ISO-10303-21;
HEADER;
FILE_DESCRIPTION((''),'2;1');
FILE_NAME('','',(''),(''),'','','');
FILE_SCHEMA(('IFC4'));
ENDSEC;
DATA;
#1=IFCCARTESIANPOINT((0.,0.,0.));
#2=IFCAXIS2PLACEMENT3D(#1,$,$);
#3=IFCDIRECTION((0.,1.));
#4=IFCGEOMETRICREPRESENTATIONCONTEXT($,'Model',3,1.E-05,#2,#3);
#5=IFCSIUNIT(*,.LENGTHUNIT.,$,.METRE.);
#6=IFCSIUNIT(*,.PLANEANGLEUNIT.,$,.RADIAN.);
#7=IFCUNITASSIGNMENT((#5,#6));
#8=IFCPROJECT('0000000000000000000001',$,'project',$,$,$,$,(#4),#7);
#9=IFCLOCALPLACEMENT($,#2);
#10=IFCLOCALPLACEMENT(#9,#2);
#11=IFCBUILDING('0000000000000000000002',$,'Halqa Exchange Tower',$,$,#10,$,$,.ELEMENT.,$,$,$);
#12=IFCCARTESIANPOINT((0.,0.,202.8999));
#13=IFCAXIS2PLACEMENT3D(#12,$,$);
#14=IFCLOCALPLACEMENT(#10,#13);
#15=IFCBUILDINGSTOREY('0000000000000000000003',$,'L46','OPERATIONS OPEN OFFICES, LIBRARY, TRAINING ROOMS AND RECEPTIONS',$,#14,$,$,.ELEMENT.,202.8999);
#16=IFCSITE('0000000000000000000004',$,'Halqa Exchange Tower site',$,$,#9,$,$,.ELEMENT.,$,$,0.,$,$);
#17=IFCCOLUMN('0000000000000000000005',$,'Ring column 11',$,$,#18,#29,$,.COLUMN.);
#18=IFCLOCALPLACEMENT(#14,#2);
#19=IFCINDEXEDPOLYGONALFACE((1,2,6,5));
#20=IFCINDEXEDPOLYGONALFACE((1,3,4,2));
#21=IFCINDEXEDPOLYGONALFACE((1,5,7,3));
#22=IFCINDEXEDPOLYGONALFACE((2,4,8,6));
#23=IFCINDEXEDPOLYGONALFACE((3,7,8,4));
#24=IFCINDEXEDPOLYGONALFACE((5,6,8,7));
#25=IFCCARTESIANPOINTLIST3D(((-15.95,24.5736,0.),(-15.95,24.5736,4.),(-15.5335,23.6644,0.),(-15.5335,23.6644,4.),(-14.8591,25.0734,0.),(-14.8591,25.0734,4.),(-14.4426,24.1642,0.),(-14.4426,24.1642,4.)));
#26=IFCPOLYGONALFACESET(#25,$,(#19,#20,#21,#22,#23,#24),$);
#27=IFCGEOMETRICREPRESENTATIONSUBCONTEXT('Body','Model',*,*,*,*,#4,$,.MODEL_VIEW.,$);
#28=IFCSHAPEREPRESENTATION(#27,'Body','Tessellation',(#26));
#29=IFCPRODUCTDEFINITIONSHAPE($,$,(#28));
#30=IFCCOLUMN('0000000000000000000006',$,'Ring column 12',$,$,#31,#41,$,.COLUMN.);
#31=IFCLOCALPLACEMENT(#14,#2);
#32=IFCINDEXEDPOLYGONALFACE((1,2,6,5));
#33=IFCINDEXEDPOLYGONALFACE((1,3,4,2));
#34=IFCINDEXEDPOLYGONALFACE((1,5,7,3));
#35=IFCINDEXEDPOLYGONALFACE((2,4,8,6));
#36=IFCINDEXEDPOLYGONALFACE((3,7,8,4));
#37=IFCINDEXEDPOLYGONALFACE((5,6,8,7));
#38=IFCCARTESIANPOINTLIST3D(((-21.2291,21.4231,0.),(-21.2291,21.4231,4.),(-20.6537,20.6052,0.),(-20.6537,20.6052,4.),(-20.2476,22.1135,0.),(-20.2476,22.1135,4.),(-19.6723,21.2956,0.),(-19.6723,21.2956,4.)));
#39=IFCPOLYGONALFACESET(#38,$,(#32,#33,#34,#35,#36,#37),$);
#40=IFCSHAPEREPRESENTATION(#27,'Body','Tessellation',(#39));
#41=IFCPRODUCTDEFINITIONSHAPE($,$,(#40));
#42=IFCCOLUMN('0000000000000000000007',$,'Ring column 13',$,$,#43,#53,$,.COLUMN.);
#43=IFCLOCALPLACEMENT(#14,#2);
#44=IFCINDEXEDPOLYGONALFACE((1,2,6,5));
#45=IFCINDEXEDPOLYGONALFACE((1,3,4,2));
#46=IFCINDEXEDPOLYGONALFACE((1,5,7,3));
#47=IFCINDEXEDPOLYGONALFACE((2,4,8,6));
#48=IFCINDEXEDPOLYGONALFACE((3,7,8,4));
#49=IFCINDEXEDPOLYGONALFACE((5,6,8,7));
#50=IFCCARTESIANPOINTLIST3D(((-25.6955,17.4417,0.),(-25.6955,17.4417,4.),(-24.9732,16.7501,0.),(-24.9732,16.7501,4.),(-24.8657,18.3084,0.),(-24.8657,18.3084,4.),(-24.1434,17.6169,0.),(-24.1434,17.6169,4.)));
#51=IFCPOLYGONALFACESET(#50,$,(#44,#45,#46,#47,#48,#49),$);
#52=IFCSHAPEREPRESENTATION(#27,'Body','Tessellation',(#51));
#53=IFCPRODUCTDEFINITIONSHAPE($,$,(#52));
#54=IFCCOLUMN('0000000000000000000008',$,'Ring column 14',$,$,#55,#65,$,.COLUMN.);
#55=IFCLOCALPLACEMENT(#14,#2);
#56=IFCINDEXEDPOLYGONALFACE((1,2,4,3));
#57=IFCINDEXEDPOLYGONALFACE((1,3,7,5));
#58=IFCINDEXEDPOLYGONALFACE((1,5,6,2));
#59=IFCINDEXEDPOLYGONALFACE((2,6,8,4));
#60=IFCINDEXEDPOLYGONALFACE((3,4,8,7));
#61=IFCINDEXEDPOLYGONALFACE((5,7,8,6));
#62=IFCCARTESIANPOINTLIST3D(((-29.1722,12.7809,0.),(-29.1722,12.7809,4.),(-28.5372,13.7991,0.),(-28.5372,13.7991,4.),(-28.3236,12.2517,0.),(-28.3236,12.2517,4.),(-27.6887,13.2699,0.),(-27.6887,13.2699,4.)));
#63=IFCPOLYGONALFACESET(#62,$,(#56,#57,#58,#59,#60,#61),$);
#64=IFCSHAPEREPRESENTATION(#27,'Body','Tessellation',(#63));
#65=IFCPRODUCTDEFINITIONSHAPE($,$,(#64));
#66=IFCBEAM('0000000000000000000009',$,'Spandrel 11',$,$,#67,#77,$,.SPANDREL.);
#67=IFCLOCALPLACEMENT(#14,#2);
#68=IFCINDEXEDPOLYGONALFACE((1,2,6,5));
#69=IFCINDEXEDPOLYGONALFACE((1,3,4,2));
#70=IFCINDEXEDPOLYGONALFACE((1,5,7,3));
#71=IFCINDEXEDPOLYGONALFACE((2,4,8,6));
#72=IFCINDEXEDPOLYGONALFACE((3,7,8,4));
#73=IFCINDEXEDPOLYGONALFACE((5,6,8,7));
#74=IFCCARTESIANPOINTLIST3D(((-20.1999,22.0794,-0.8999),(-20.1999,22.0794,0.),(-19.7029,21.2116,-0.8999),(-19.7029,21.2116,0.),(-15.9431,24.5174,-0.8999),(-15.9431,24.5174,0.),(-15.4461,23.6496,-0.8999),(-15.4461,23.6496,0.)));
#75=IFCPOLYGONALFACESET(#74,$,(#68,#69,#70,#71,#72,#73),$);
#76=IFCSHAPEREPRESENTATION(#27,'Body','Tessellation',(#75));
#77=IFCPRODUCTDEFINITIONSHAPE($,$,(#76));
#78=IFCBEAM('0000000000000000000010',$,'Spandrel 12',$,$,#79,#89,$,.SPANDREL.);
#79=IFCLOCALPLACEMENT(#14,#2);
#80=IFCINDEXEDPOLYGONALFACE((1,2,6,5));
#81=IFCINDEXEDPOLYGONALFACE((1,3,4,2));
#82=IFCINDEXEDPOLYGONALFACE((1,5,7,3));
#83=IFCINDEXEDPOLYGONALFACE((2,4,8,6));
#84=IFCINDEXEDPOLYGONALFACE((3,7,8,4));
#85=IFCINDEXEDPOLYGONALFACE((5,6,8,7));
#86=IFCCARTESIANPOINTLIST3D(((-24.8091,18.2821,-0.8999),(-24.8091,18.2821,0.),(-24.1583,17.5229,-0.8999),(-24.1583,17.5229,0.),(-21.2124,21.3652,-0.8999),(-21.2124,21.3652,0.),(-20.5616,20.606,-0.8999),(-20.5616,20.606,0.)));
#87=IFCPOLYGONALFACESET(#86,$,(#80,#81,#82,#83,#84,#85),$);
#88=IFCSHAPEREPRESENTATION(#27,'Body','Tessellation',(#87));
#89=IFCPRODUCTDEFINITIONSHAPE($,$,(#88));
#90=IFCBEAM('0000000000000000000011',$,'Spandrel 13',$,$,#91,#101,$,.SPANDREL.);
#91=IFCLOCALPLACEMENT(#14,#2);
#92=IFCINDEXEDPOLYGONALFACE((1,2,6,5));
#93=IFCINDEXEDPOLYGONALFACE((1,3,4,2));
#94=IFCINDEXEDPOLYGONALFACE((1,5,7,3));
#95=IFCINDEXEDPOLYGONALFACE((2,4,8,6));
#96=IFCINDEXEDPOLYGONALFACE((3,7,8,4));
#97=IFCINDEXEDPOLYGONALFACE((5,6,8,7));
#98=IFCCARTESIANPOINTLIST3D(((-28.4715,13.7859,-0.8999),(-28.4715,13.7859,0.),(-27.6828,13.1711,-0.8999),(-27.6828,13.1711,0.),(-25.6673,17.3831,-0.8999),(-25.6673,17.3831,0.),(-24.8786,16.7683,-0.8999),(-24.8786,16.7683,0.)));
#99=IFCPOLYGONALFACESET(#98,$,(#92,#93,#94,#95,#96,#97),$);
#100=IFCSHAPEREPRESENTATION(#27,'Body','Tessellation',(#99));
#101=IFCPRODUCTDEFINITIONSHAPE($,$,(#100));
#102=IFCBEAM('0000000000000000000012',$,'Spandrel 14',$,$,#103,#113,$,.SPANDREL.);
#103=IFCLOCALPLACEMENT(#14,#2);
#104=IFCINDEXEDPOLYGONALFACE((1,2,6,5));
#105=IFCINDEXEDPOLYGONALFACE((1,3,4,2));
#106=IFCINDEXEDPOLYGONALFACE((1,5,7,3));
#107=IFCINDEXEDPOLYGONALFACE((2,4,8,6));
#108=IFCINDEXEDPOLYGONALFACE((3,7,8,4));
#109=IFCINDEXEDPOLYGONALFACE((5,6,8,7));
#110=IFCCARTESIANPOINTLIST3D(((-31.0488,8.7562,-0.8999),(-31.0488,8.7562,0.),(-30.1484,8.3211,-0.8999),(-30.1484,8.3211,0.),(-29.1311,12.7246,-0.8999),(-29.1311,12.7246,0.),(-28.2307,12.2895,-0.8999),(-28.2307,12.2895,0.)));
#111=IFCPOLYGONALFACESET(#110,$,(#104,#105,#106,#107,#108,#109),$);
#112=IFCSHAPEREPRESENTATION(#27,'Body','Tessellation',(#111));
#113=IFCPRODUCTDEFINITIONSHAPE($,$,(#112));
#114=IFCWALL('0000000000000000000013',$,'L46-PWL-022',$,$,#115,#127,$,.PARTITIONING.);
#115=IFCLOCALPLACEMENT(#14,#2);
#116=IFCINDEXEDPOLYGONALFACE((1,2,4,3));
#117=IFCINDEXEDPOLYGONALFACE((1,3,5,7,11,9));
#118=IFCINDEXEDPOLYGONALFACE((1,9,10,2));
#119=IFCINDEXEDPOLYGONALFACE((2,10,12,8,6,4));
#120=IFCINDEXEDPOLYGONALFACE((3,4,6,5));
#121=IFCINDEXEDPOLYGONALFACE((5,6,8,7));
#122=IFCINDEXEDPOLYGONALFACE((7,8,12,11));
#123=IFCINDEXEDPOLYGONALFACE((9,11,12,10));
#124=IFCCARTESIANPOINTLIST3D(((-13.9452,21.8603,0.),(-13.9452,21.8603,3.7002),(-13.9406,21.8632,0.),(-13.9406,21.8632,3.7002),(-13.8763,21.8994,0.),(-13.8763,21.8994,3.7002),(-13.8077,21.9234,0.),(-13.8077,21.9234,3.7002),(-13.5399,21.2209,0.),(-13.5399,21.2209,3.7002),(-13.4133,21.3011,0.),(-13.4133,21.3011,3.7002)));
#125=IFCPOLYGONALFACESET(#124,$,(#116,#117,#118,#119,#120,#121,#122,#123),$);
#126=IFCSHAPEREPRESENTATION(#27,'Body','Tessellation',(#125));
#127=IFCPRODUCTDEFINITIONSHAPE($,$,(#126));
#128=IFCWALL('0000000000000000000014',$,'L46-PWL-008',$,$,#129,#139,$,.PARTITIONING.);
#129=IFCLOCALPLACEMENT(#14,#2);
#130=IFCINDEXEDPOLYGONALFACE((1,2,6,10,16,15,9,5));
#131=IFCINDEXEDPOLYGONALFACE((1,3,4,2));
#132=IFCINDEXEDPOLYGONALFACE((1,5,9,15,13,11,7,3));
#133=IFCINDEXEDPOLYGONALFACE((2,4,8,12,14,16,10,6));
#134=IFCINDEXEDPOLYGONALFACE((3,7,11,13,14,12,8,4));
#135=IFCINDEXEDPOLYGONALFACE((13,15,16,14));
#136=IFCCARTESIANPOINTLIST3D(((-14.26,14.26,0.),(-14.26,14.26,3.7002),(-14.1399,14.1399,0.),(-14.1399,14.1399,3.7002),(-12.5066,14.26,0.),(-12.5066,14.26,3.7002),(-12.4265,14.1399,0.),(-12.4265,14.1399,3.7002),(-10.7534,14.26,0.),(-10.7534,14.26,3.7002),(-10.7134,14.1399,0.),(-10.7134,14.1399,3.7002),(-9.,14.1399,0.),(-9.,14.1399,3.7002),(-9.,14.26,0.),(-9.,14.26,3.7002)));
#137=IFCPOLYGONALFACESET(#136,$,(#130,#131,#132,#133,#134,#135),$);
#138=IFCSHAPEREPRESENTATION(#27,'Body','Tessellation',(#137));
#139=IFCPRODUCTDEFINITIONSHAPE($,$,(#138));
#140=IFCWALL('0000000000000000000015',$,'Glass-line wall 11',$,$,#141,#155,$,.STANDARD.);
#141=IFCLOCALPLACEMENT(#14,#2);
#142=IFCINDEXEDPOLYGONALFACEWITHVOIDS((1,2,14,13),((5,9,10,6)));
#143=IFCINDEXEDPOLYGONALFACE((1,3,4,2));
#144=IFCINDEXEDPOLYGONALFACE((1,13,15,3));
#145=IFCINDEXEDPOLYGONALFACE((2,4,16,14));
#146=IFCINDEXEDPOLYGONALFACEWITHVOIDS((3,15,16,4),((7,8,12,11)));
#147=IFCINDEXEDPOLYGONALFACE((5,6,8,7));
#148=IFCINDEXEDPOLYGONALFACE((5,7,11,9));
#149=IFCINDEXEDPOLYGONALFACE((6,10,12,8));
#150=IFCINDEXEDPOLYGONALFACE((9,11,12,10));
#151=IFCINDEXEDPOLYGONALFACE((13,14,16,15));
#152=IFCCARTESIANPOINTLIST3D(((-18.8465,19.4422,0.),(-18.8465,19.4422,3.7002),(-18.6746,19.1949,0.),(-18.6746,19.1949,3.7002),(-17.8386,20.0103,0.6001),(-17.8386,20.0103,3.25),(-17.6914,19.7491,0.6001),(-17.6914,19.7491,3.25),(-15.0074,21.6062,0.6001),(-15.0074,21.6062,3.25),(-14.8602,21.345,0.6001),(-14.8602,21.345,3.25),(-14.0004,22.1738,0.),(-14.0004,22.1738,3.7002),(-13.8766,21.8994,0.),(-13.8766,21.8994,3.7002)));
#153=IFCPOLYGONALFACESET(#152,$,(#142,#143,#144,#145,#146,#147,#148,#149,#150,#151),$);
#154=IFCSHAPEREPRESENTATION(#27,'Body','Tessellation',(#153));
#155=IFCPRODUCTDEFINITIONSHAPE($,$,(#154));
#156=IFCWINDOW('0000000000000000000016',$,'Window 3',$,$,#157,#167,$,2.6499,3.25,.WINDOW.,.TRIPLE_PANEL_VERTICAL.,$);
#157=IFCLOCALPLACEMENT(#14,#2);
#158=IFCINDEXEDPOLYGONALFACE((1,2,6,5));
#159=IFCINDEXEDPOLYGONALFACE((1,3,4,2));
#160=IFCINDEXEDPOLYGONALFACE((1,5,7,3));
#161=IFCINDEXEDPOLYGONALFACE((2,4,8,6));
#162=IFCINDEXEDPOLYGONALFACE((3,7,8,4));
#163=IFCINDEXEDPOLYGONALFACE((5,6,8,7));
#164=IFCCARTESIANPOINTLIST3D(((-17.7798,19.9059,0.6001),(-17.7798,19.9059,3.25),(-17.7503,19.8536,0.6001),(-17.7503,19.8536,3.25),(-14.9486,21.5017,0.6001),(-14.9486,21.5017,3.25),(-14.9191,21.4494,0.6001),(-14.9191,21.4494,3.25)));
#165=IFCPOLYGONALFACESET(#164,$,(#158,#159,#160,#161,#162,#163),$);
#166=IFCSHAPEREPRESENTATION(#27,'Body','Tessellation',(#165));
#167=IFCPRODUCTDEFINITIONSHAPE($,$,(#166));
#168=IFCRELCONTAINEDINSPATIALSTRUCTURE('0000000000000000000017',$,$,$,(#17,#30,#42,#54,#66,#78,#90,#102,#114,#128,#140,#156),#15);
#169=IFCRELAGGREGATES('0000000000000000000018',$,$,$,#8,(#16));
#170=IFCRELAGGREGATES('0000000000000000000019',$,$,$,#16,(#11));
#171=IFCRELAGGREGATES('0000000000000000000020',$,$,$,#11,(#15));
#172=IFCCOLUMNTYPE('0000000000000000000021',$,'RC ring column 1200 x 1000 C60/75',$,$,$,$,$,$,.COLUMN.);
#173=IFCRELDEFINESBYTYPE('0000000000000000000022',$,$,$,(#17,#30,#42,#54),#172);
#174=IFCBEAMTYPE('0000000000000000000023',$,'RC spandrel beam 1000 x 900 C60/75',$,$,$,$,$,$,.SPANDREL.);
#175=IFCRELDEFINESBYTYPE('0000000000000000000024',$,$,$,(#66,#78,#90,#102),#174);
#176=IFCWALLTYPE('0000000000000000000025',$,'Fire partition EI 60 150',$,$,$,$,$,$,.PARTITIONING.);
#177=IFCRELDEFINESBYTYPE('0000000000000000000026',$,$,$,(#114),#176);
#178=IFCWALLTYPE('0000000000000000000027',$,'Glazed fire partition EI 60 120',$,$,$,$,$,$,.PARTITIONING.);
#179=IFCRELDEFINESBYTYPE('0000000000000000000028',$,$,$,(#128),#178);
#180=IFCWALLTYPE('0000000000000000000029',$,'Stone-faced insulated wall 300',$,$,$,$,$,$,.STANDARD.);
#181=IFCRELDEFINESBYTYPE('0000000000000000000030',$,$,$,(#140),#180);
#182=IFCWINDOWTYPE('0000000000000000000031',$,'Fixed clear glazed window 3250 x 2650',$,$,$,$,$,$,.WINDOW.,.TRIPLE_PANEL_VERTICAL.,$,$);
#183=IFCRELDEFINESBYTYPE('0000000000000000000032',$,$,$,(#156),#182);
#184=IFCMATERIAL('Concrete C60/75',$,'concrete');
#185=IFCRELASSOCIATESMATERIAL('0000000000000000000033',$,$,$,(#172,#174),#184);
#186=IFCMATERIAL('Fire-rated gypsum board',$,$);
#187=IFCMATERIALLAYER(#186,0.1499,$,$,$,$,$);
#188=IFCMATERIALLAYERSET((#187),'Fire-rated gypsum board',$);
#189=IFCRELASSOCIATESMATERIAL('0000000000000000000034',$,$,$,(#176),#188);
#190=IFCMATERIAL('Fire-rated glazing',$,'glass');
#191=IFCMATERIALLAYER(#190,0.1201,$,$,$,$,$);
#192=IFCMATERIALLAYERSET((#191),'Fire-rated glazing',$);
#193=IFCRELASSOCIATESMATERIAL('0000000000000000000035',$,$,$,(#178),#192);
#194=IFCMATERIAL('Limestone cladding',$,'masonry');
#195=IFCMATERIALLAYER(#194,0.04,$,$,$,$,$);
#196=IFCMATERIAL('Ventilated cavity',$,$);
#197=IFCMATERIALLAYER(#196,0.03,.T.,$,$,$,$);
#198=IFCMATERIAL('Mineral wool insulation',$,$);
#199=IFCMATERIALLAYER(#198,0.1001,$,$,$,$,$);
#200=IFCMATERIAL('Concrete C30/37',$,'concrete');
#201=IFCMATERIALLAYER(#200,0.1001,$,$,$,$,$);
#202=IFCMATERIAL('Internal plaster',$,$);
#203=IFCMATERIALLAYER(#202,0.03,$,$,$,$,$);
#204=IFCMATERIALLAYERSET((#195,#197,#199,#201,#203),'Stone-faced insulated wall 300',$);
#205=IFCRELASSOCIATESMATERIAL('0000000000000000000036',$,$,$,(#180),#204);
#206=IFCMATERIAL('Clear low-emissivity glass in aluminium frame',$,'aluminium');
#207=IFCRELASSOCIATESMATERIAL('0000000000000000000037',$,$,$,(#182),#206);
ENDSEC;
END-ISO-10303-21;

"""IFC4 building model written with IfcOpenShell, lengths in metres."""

from ifc_helpers import new_model, si_unit, direction, frame, frame_2d, origin, origin_2d, place, context, subcontext, project, spatial, polyline, rectangle, outline, extrude, material, layer, layer_set, material_profile, profile_set, type_object, element, fill, save


model = new_model("IFC4")

# Units and contexts
model_context = context("Model", 3, precision=1e-05, world=origin(), true_north=direction((0.0, 1.0)))
body_context = subcontext(model_context, "Body", "Model", "MODEL_VIEW")
ifc_project = project(units=[si_unit("LENGTHUNIT", "METRE"), si_unit("PLANEANGLEUNIT", "RADIAN")], contexts=[model_context])

# Site, building, storey
site_placement = place(None, origin())
site = spatial("IfcSite", under=ifc_project, at=site_placement, Name="Halqa Exchange Tower site", CompositionType="ELEMENT", RefElevation=0.0)
building_placement = place(site_placement, origin())
building = spatial("IfcBuilding", under=site, at=building_placement, Name="Halqa Exchange Tower", CompositionType="ELEMENT")
storey_placement = place(building_placement, frame((0.0, 0.0, 202.8999)))
storey = spatial("IfcBuildingStorey", under=building, at=storey_placement, Name="L46", Description="OPERATIONS OPEN OFFICES, LIBRARY, TRAINING ROOMS AND RECEPTIONS", CompositionType="ELEMENT", Elevation=202.8999)

# Columns
ifc_material_1 = material(Name="Concrete C60/75", Category="concrete")
ifc_material_profile_1 = material_profile(ifc_material_1, rectangle(XDim=1.2, YDim=1.0, at=origin_2d()), Name="1200 x 1000")
ifc_profile_set_1 = profile_set([ifc_material_profile_1], Name="Concrete C60/75")
column_type = type_object("IfcColumnType", Name="RC ring column 1200 x 1000 C60/75", PredefinedType="COLUMN", material=ifc_profile_set_1)
for number, where, z_axis, x_axis, name in (
    (1, (-15.1963, 24.3689, 0.0), (0.0, 0.0, 1.0), (-0.909126, -0.41652, 0.0), "Ring column 11"),
    (2, (-20.4507, 21.3594, 0.0), (0.0, 0.0, 1.0), (-0.817909, -0.575348, 0.0), "Ring column 12"),
    (3, (-24.9194, 17.5293, 0.0), (0.0, 0.0, 1.0), (-0.691577, -0.722302, 0.0), "Ring column 13"),
    (4, (-28.4304, 13.0254, 0.0), (0.0, 0.0, 1.0), (-0.529143, -0.848532, 0.0), "Ring column 14"),
):
    element("IfcColumn", number, at=place(storey_placement, frame(where, z_axis=z_axis, x_axis=x_axis)), inside=storey, type_object=column_type, Name=name, PredefinedType="COLUMN", context=body_context, shape_type="SweptSolid", body=[
        extrude(rectangle(XDim=1.2, YDim=1.0, at=origin_2d()), origin(), (0.0, 0.0, 1.0), 4.0),
    ])

# Beams
ifc_material_profile_2 = material_profile(ifc_material_1, rectangle(XDim=1.0, YDim=0.8999, at=origin_2d()), Name="1000 x 900")
ifc_profile_set_2 = profile_set([ifc_material_profile_2], Name="Concrete C60/75")
beam_type = type_object("IfcBeamType", Name="RC spandrel beam 1000 x 900 C60/75", PredefinedType="SPANDREL", material=ifc_profile_set_2)
beam_1_placement = place(storey_placement, frame((-15.6946, 24.0835, -0.45), z_axis=(-0.867759, -0.496986, 0.0), x_axis=(0.496986, -0.867759, 0.0)))
element("IfcBeam", 5, at=beam_1_placement, inside=storey, type_object=beam_type, Name="Spandrel 11", PredefinedType="SPANDREL", context=body_context, shape_type="SweptSolid", body=[
    extrude(rectangle(XDim=1.0, YDim=0.8999, at=origin_2d()), origin(), (0.0, 0.0, 1.0), 4.9055),
])
beam_2_placement = place(storey_placement, frame((-20.887, 20.9856, -0.45), z_axis=(-0.759242, -0.650808, 0.0), x_axis=(0.650808, -0.759242, 0.0)))
element("IfcBeam", 6, at=beam_2_placement, inside=storey, type_object=beam_type, Name="Spandrel 12", PredefinedType="SPANDREL", context=body_context, shape_type="SweptSolid", body=[
    extrude(rectangle(XDim=1.0, YDim=0.8999, at=origin_2d()), origin(), (0.0, 0.0, 1.0), 4.7373),
])
beam_3_placement = place(storey_placement, frame((-25.2729, 17.0757, -0.45), z_axis=(-0.614815, -0.788672, 0.0), x_axis=(0.788672, -0.614815, 0.0)))
element("IfcBeam", 7, at=beam_3_placement, inside=storey, type_object=beam_type, Name="Spandrel 13", PredefinedType="SPANDREL", context=body_context, shape_type="SweptSolid", body=[
    extrude(rectangle(XDim=1.0, YDim=0.8999, at=origin_2d()), origin(), (0.0, 0.0, 1.0), 4.561),
])
beam_4_placement = place(storey_placement, frame((-28.6809, 12.5071, -0.45), z_axis=(-0.435098, -0.900383, 0.0), x_axis=(0.900383, -0.435098, 0.0)))
element("IfcBeam", 8, at=beam_4_placement, inside=storey, type_object=beam_type, Name="Spandrel 14", PredefinedType="SPANDREL", context=body_context, shape_type="SweptSolid", body=[
    extrude(rectangle(XDim=1.0, YDim=0.8999, at=origin_2d()), origin(), (0.0, 0.0, 1.0), 4.4075),
])

# Walls
ifc_material_2 = material(Name="Fire-rated gypsum board")
ifc_layer_1 = layer(ifc_material_2, 0.1499)
ifc_layer_set_1 = layer_set([ifc_layer_1], Name="Fire-rated gypsum board")
wall_type_1 = type_object("IfcWallType", Name="Fire partition EI 60 150", PredefinedType="PARTITIONING", material=ifc_layer_set_1)
wall_1_placement = place(storey_placement, frame((-13.4766, 21.261, 0.0), z_axis=(0.0, 0.0, 1.0), x_axis=(-0.535351, 0.84463, 0.0)))
element("IfcWall", 9, at=wall_1_placement, inside=storey, type_object=wall_type_1, Name="L46-PWL-022", PredefinedType="PARTITIONING", context=body_context, shape_type="SweptSolid", body=[
    extrude(outline(polyline([(0.0, -0.075), (0.7368, -0.075), (0.7532, -0.0042), (0.7571, 0.0696), (0.7571, 0.075), (0.0, 0.075), (0.0, -0.075)])), origin(), (0.0, 0.0, 1.0), 3.7002),
])
ifc_material_3 = material(Name="Fire-rated glazing", Category="glass")
ifc_layer_2 = layer(ifc_material_3, 0.1201)
ifc_layer_set_2 = layer_set([ifc_layer_2], Name="Fire-rated glazing")
wall_type_2 = type_object("IfcWallType", Name="Glazed fire partition EI 60 120", PredefinedType="PARTITIONING", material=ifc_layer_set_2)
wall_2_placement = place(storey_placement, frame((-14.26, 14.2, 0.0), z_axis=(0.0, 0.0, 1.0), x_axis=(1.0, 0.0, 0.0)))
element("IfcWall", 10, at=wall_2_placement, inside=storey, type_object=wall_type_2, Name="L46-PWL-008", PredefinedType="PARTITIONING", context=body_context, shape_type="SweptSolid", body=[
    extrude(outline(polyline([(5.26, 0.0601), (3.5066, 0.0601), (1.7534, 0.0601), (0.0, 0.0601), (0.1201, -0.0601), (1.8335, -0.0601), (3.5466, -0.0601), (5.26, -0.0601), (5.26, 0.0601)])), origin(), (0.0, 0.0, 1.0), 3.7002),
])

# Wall, opening, window
ifc_material_4 = material(Name="Limestone cladding", Category="masonry")
ifc_layer_3 = layer(ifc_material_4, 0.04)
ifc_material_5 = material(Name="Ventilated cavity")
ifc_layer_4 = layer(ifc_material_5, 0.03, ventilated=True)
ifc_material_6 = material(Name="Mineral wool insulation")
ifc_layer_5 = layer(ifc_material_6, 0.1001)
ifc_material_7 = material(Name="Concrete C30/37", Category="concrete")
ifc_layer_6 = layer(ifc_material_7, 0.1001)
ifc_material_8 = material(Name="Internal plaster")
ifc_layer_7 = layer(ifc_material_8, 0.03)
ifc_layer_set_3 = layer_set([ifc_layer_3, ifc_layer_4, ifc_layer_5, ifc_layer_6, ifc_layer_7], Name="Stone-faced insulated wall 300")
wall_type_3 = type_object("IfcWallType", Name="Stone-faced insulated wall 300", PredefinedType="STANDARD", material=ifc_layer_set_3)
wall_3_placement = place(storey_placement, frame((-13.9385, 22.0366, 0.0), z_axis=(0.0, 0.0, 1.0), x_axis=(-0.871141, -0.491034, 0.0)))
wall_3 = element("IfcWall", 11, at=wall_3_placement, inside=storey, type_object=wall_type_3, Name="Glass-line wall 11", PredefinedType="STANDARD", context=body_context, shape_type="SweptSolid", body=[
    extrude(outline(polyline([(-0.0134, -0.1499), (5.5496, -0.1499), (5.5212, 0.1499), (0.0134, 0.1499), (-0.0134, -0.1499)])), origin(), (0.0, 0.0, 1.0), 3.7002),
])
opening_1_placement = place(wall_3_placement, frame((1.1426, 0.0, 0.6001)))
opening_1 = element("IfcOpeningElement", 12, at=opening_1_placement, cuts=wall_3, PredefinedType="OPENING", context=body_context, shape_type="SweptSolid", body=[
    extrude(rectangle(XDim=3.25, YDim=2.6499, at=frame_2d((1.625, 1.325))), frame((0.0, 0.1621, 0.0), z_axis=(0.0, -1.0, 0.0), x_axis=(1.0, 0.0, 0.0)), (0.0, 0.0, 1.0), 0.324),
])
ifc_material_9 = material(Name="Clear low-emissivity glass in aluminium frame", Category="aluminium")
window_type = type_object("IfcWindowType", Name="Fixed clear glazed window 3250 x 2650", PartitioningType="TRIPLE_PANEL_VERTICAL", PredefinedType="WINDOW", material=ifc_material_9)
window_1_placement = place(opening_1_placement, origin())
window_1 = element("IfcWindow", 13, at=window_1_placement, inside=storey, type_object=window_type, Name="Window 3", OverallHeight=2.6499, OverallWidth=3.25, PartitioningType="TRIPLE_PANEL_VERTICAL", PredefinedType="WINDOW", context=body_context, shape_type="SweptSolid", body=[
    extrude(rectangle(XDim=3.25, YDim=2.6499, at=frame_2d((1.625, 1.325))), frame((0.0, 0.03, 0.0), z_axis=(0.0, -1.0, 0.0), x_axis=(1.0, 0.0, 0.0)), (0.0, 0.0, 1.0), 0.0601),
])
fill(opening_1, window_1)

save(model, "model.ifc")
